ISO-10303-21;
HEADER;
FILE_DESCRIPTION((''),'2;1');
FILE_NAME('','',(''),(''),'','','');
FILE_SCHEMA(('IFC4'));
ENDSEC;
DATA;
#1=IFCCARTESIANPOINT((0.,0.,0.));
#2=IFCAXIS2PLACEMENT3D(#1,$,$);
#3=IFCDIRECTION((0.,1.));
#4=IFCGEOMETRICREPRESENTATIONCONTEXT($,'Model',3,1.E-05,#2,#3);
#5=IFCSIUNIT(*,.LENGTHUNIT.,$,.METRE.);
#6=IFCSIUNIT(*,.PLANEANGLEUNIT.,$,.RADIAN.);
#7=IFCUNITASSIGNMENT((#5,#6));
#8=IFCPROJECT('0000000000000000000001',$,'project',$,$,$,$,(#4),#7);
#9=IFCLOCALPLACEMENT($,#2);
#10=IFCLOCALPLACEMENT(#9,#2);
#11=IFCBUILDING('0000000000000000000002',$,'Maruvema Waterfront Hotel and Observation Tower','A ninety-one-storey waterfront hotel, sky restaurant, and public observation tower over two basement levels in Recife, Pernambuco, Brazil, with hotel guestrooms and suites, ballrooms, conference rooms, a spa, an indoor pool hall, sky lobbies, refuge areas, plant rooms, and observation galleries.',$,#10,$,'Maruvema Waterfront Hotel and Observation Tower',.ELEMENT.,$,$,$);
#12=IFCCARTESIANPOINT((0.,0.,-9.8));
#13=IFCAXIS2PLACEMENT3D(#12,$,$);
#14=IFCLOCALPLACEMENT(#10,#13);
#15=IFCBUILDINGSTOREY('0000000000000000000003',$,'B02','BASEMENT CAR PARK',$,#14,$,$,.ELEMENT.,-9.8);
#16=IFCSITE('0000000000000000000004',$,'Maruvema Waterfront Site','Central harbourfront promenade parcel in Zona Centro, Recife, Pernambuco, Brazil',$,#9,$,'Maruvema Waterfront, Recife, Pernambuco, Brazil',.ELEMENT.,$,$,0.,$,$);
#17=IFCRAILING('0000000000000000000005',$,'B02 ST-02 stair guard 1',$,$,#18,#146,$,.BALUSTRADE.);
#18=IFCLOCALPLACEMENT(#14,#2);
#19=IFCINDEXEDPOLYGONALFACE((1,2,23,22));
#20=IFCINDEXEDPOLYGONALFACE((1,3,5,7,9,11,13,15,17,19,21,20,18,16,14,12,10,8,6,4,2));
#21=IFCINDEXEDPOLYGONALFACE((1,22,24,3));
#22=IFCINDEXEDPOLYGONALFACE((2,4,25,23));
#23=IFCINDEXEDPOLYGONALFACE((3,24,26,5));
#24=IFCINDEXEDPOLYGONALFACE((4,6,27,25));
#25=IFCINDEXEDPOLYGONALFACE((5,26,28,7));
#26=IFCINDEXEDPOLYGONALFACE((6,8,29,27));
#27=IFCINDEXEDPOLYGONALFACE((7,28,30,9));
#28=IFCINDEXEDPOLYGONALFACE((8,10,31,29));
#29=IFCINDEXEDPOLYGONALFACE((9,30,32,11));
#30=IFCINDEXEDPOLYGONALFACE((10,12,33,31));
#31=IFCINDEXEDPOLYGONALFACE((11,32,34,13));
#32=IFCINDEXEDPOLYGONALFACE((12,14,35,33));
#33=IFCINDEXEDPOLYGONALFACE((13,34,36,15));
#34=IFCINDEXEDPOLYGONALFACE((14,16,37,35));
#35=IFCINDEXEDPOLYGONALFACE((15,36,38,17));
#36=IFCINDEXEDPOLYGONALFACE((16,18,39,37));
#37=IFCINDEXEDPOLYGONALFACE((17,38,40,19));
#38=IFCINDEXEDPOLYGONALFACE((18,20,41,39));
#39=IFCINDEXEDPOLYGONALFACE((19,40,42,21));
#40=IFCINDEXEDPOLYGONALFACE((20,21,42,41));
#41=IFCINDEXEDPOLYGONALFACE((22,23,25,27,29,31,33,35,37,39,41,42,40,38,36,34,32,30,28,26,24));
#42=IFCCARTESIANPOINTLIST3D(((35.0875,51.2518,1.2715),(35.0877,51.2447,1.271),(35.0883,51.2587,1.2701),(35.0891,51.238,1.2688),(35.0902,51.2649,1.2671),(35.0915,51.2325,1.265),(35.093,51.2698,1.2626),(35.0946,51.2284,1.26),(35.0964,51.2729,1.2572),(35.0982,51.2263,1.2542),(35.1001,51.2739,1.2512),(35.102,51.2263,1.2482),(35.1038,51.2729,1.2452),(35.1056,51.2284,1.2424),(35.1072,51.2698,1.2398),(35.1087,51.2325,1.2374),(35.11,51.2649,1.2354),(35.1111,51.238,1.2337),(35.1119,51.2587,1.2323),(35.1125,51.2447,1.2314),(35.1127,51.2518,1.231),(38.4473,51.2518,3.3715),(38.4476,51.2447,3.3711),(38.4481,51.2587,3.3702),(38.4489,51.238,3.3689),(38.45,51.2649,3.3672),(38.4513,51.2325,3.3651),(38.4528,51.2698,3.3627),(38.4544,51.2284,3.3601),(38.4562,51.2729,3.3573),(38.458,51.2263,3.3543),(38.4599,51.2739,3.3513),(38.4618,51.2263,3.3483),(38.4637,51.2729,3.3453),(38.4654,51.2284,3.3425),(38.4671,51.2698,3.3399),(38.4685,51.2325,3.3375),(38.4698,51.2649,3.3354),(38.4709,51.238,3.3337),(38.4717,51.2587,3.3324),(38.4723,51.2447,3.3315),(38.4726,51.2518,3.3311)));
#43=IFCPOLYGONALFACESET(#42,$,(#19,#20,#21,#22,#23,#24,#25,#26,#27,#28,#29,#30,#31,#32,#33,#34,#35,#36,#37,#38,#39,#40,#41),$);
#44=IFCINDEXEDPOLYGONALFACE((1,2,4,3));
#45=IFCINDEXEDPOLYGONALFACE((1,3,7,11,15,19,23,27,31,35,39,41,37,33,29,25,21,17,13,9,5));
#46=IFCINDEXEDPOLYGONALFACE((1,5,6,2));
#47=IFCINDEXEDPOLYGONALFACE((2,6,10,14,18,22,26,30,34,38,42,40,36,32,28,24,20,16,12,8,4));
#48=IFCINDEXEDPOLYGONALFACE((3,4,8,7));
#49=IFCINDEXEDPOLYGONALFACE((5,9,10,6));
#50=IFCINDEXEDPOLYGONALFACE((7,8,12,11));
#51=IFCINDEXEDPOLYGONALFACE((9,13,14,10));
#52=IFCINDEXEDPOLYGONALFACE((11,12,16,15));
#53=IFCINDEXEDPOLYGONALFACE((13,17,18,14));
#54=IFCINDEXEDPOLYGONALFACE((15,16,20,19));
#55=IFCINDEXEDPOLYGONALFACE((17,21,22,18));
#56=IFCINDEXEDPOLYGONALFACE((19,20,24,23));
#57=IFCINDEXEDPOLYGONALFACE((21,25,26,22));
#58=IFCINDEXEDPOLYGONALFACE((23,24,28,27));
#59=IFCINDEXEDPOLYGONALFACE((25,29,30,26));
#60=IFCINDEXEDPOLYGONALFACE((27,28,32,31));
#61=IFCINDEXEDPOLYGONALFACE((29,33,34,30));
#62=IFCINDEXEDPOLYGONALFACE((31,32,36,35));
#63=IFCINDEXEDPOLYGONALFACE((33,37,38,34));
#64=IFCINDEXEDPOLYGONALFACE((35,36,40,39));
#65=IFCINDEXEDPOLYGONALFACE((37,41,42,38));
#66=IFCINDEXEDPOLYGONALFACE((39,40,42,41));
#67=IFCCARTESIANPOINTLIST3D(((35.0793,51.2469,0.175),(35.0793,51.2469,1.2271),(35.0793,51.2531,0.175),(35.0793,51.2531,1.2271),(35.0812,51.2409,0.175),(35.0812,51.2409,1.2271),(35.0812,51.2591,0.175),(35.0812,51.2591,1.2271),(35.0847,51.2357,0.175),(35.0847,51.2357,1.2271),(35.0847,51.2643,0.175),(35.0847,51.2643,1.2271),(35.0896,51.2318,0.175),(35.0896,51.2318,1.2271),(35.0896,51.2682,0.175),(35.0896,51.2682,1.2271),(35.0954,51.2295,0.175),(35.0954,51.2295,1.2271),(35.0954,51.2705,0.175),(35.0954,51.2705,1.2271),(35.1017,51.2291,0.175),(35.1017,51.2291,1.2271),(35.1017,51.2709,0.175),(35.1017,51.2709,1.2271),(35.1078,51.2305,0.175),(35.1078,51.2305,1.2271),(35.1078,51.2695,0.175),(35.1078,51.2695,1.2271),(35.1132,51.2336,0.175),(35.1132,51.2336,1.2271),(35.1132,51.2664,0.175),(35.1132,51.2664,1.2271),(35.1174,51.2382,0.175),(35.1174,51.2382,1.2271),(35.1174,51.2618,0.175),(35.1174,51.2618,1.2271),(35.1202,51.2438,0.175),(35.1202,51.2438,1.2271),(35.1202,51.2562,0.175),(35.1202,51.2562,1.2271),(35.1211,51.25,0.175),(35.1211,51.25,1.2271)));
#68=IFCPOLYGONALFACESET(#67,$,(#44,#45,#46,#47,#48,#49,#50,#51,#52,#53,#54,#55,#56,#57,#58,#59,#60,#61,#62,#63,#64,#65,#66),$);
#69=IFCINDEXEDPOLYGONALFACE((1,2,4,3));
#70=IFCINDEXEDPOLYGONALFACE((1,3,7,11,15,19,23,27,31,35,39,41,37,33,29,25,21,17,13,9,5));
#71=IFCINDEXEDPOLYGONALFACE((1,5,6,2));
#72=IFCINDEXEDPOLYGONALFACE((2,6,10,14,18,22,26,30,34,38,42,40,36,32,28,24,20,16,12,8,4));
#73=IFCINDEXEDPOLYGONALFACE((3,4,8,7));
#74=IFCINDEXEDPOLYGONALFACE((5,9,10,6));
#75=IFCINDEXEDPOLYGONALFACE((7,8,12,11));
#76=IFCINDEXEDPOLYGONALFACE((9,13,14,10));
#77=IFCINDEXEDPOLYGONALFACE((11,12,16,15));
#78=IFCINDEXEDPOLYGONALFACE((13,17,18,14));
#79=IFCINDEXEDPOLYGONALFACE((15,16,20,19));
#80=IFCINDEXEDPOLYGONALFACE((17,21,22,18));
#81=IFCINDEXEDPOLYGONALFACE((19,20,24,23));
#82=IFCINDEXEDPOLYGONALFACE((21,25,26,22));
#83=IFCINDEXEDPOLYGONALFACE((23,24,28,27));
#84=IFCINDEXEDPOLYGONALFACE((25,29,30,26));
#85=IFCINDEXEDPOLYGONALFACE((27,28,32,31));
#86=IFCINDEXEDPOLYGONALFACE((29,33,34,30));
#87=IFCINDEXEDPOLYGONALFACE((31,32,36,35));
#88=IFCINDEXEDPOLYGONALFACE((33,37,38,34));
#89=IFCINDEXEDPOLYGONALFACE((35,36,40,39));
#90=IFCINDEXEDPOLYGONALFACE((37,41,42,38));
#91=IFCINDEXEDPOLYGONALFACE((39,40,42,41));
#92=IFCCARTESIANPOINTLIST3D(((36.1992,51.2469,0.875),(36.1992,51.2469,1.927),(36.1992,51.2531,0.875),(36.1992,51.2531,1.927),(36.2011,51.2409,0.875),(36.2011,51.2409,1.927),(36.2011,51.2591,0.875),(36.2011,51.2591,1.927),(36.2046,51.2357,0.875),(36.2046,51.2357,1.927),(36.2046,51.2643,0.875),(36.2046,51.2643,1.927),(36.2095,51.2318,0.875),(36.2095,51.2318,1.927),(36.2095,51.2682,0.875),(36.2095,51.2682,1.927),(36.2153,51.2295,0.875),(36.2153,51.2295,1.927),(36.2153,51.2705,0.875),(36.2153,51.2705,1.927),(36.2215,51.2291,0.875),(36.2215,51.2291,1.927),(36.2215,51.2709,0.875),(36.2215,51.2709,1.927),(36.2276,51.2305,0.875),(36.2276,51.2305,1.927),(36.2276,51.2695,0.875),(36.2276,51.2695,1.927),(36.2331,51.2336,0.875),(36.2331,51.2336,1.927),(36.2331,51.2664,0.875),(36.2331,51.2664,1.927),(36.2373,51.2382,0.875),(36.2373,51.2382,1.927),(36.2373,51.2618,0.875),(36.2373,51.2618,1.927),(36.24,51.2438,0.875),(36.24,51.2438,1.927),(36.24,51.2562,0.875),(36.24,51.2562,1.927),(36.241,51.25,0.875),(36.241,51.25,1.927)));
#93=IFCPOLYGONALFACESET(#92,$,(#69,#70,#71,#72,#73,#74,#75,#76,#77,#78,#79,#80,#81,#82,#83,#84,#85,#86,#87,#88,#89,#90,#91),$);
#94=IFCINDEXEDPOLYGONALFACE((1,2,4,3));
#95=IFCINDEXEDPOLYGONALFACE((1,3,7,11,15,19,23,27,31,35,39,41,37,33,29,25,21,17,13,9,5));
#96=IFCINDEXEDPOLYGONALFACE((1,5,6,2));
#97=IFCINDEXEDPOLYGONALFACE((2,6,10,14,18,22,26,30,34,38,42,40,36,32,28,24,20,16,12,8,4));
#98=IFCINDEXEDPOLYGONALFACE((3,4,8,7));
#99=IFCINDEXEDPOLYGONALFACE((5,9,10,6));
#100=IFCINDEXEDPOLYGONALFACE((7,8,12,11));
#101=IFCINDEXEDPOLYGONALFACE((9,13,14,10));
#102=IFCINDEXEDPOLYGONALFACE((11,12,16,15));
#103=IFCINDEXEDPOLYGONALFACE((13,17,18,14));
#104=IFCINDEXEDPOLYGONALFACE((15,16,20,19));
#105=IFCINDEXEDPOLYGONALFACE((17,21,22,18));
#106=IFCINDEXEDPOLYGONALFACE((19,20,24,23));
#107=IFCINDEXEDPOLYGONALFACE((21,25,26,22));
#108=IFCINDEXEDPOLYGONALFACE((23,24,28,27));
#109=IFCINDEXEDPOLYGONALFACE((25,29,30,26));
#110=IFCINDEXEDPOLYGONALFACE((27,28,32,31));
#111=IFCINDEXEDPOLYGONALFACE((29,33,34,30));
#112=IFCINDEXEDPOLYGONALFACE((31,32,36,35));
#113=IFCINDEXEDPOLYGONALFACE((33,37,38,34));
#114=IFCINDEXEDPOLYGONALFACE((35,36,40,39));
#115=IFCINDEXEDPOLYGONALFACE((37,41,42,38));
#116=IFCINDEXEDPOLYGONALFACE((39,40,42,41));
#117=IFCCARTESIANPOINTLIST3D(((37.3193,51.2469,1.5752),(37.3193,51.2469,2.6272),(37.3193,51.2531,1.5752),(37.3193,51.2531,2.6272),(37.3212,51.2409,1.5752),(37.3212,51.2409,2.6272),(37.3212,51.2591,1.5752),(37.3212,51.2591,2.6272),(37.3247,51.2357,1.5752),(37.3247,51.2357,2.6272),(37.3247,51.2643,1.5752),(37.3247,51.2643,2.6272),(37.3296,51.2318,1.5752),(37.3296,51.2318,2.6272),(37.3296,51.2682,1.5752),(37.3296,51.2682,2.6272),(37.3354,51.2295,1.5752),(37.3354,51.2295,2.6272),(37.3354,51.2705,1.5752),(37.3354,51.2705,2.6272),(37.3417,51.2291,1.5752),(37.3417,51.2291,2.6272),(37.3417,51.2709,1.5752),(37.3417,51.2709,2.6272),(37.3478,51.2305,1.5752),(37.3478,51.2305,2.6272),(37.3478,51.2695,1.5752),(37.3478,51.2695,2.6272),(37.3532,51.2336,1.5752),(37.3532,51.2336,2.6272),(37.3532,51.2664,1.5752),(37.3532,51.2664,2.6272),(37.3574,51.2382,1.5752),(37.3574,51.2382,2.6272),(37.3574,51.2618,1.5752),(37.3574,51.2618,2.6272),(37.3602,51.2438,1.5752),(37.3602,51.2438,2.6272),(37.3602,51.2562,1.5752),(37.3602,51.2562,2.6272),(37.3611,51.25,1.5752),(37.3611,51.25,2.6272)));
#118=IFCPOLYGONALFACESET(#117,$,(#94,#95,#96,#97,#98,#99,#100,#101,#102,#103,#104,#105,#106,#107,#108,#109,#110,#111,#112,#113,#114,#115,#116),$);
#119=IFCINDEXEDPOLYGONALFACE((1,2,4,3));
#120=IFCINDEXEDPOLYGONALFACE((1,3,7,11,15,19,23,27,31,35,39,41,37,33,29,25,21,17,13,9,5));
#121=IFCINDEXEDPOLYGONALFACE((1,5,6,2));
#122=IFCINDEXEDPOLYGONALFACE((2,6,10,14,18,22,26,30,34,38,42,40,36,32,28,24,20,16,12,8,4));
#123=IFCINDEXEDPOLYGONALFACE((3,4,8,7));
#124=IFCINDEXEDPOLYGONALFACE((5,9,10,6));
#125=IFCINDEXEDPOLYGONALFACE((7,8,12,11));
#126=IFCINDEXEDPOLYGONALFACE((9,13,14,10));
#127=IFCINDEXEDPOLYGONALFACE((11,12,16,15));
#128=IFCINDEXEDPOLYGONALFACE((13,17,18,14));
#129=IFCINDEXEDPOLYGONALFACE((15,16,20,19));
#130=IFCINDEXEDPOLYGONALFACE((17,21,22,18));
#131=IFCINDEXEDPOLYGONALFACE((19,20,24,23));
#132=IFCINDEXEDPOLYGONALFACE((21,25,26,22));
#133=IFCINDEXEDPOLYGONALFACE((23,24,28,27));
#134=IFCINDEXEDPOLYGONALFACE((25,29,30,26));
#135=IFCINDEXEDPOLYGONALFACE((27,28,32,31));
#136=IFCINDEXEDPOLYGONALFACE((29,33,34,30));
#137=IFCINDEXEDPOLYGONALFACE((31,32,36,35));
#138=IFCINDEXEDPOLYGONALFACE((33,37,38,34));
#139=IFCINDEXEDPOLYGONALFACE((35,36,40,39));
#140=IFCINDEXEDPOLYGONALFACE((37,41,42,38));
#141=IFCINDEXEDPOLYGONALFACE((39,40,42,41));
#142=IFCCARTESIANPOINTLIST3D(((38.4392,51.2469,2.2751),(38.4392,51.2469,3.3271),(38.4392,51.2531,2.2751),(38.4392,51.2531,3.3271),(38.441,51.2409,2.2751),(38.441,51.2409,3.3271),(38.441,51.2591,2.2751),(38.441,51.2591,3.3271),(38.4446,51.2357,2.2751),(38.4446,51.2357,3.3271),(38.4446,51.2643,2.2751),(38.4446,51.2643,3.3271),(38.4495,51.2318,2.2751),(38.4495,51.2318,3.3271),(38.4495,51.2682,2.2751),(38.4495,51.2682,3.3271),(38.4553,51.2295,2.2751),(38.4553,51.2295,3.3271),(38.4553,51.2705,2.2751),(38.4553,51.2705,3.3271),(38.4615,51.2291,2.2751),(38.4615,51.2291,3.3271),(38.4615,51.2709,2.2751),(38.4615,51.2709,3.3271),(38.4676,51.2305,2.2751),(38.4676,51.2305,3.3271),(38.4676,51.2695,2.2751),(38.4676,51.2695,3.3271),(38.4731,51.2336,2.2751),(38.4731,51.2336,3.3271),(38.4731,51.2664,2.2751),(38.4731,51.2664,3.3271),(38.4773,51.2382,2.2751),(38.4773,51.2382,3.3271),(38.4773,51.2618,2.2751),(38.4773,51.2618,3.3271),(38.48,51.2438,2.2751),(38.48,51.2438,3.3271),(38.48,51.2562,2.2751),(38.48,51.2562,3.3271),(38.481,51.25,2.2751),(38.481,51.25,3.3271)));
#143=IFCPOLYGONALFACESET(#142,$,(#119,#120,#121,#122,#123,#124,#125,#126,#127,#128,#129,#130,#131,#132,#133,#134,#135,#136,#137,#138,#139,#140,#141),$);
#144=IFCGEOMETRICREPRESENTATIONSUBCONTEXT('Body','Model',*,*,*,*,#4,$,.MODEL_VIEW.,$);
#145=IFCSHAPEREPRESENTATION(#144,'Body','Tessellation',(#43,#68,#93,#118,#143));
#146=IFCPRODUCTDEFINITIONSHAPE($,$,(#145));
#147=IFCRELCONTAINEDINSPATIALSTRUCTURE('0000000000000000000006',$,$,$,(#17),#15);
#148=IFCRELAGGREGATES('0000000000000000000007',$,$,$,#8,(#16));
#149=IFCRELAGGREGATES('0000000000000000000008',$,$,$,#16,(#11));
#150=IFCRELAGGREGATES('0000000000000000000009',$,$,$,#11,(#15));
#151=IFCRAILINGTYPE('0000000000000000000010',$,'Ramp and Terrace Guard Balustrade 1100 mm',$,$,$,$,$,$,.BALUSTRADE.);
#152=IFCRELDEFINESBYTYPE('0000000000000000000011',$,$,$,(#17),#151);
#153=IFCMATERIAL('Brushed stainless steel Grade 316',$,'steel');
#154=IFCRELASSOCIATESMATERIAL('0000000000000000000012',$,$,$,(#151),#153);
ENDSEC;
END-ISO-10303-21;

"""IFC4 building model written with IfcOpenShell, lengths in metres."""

from ifc_helpers import new_model, si_unit, direction, frame, origin, origin_2d, place, context, subcontext, project, spatial, circle, extrude, material, type_object, element, save


model = new_model("IFC4")

# Units and contexts
model_context = context("Model", 3, precision=1e-05, world=origin(), true_north=direction((0.0, 1.0)))
body_context = subcontext(model_context, "Body", "Model", "MODEL_VIEW")
ifc_project = project(units=[si_unit("LENGTHUNIT", "METRE"), si_unit("PLANEANGLEUNIT", "RADIAN")], contexts=[model_context])

# Site, building, storey
site_placement = place(None, origin())
site = spatial("IfcSite", under=ifc_project, at=site_placement, Name="Maruvema Waterfront Site", Description="Central harbourfront promenade parcel in Zona Centro, Recife, Pernambuco, Brazil", LongName="Maruvema Waterfront, Recife, Pernambuco, Brazil", CompositionType="ELEMENT", RefElevation=0.0)
building_placement = place(site_placement, origin())
building = spatial("IfcBuilding", under=site, at=building_placement, Name="Maruvema Waterfront Hotel and Observation Tower", Description="A ninety-one-storey waterfront hotel, sky restaurant, and public observation tower over two basement levels in Recife, Pernambuco, Brazil, with hotel guestrooms and suites, ballrooms, conference rooms, a spa, an indoor pool hall, sky lobbies, refuge areas, plant rooms, and observation galleries.", LongName="Maruvema Waterfront Hotel and Observation Tower", CompositionType="ELEMENT")
storey_placement = place(building_placement, frame((0.0, 0.0, -9.8)))
storey = spatial("IfcBuildingStorey", under=building, at=storey_placement, Name="B02", Description="BASEMENT CAR PARK", CompositionType="ELEMENT", Elevation=-9.8)

# Railing
ifc_material_1 = material(Name="Brushed stainless steel Grade 316", Category="steel")
railing_type_1 = type_object("IfcRailingType", Name="Ramp and Terrace Guard Balustrade 1100 mm", PredefinedType="BALUSTRADE", material=ifc_material_1)
railing_1_placement = place(storey_placement, frame((35.1001, 51.25, 0.175)))
element("IfcRailing", 1, at=railing_1_placement, inside=storey, type_object=railing_type_1, Name="B02 ST-02 stair guard 1", PredefinedType="BALUSTRADE", context=body_context, shape_type="SweptSolid", body=[
    extrude(circle(Radius=0.0239, at=origin_2d()), frame((0.0, 0.0, 1.0762), z_axis=(0.847978, 0.0, 0.530032), x_axis=(0.0, 1.0, 0.0)), (0.0, 0.0, 1.0), 3.9622),
    extrude(circle(Radius=0.021, at=origin_2d()), origin(), (0.0, 0.0, 1.0), 1.052),
    extrude(circle(Radius=0.021, at=origin_2d()), frame((1.1199, 0.0, 0.7)), (0.0, 0.0, 1.0), 1.052),
    extrude(circle(Radius=0.021, at=origin_2d()), frame((2.24, 0.0, 1.4001)), (0.0, 0.0, 1.0), 1.052),
    extrude(circle(Radius=0.021, at=origin_2d()), frame((3.3599, 0.0, 2.1001)), (0.0, 0.0, 1.0), 1.052),
])

save(model, "model.ifc")
